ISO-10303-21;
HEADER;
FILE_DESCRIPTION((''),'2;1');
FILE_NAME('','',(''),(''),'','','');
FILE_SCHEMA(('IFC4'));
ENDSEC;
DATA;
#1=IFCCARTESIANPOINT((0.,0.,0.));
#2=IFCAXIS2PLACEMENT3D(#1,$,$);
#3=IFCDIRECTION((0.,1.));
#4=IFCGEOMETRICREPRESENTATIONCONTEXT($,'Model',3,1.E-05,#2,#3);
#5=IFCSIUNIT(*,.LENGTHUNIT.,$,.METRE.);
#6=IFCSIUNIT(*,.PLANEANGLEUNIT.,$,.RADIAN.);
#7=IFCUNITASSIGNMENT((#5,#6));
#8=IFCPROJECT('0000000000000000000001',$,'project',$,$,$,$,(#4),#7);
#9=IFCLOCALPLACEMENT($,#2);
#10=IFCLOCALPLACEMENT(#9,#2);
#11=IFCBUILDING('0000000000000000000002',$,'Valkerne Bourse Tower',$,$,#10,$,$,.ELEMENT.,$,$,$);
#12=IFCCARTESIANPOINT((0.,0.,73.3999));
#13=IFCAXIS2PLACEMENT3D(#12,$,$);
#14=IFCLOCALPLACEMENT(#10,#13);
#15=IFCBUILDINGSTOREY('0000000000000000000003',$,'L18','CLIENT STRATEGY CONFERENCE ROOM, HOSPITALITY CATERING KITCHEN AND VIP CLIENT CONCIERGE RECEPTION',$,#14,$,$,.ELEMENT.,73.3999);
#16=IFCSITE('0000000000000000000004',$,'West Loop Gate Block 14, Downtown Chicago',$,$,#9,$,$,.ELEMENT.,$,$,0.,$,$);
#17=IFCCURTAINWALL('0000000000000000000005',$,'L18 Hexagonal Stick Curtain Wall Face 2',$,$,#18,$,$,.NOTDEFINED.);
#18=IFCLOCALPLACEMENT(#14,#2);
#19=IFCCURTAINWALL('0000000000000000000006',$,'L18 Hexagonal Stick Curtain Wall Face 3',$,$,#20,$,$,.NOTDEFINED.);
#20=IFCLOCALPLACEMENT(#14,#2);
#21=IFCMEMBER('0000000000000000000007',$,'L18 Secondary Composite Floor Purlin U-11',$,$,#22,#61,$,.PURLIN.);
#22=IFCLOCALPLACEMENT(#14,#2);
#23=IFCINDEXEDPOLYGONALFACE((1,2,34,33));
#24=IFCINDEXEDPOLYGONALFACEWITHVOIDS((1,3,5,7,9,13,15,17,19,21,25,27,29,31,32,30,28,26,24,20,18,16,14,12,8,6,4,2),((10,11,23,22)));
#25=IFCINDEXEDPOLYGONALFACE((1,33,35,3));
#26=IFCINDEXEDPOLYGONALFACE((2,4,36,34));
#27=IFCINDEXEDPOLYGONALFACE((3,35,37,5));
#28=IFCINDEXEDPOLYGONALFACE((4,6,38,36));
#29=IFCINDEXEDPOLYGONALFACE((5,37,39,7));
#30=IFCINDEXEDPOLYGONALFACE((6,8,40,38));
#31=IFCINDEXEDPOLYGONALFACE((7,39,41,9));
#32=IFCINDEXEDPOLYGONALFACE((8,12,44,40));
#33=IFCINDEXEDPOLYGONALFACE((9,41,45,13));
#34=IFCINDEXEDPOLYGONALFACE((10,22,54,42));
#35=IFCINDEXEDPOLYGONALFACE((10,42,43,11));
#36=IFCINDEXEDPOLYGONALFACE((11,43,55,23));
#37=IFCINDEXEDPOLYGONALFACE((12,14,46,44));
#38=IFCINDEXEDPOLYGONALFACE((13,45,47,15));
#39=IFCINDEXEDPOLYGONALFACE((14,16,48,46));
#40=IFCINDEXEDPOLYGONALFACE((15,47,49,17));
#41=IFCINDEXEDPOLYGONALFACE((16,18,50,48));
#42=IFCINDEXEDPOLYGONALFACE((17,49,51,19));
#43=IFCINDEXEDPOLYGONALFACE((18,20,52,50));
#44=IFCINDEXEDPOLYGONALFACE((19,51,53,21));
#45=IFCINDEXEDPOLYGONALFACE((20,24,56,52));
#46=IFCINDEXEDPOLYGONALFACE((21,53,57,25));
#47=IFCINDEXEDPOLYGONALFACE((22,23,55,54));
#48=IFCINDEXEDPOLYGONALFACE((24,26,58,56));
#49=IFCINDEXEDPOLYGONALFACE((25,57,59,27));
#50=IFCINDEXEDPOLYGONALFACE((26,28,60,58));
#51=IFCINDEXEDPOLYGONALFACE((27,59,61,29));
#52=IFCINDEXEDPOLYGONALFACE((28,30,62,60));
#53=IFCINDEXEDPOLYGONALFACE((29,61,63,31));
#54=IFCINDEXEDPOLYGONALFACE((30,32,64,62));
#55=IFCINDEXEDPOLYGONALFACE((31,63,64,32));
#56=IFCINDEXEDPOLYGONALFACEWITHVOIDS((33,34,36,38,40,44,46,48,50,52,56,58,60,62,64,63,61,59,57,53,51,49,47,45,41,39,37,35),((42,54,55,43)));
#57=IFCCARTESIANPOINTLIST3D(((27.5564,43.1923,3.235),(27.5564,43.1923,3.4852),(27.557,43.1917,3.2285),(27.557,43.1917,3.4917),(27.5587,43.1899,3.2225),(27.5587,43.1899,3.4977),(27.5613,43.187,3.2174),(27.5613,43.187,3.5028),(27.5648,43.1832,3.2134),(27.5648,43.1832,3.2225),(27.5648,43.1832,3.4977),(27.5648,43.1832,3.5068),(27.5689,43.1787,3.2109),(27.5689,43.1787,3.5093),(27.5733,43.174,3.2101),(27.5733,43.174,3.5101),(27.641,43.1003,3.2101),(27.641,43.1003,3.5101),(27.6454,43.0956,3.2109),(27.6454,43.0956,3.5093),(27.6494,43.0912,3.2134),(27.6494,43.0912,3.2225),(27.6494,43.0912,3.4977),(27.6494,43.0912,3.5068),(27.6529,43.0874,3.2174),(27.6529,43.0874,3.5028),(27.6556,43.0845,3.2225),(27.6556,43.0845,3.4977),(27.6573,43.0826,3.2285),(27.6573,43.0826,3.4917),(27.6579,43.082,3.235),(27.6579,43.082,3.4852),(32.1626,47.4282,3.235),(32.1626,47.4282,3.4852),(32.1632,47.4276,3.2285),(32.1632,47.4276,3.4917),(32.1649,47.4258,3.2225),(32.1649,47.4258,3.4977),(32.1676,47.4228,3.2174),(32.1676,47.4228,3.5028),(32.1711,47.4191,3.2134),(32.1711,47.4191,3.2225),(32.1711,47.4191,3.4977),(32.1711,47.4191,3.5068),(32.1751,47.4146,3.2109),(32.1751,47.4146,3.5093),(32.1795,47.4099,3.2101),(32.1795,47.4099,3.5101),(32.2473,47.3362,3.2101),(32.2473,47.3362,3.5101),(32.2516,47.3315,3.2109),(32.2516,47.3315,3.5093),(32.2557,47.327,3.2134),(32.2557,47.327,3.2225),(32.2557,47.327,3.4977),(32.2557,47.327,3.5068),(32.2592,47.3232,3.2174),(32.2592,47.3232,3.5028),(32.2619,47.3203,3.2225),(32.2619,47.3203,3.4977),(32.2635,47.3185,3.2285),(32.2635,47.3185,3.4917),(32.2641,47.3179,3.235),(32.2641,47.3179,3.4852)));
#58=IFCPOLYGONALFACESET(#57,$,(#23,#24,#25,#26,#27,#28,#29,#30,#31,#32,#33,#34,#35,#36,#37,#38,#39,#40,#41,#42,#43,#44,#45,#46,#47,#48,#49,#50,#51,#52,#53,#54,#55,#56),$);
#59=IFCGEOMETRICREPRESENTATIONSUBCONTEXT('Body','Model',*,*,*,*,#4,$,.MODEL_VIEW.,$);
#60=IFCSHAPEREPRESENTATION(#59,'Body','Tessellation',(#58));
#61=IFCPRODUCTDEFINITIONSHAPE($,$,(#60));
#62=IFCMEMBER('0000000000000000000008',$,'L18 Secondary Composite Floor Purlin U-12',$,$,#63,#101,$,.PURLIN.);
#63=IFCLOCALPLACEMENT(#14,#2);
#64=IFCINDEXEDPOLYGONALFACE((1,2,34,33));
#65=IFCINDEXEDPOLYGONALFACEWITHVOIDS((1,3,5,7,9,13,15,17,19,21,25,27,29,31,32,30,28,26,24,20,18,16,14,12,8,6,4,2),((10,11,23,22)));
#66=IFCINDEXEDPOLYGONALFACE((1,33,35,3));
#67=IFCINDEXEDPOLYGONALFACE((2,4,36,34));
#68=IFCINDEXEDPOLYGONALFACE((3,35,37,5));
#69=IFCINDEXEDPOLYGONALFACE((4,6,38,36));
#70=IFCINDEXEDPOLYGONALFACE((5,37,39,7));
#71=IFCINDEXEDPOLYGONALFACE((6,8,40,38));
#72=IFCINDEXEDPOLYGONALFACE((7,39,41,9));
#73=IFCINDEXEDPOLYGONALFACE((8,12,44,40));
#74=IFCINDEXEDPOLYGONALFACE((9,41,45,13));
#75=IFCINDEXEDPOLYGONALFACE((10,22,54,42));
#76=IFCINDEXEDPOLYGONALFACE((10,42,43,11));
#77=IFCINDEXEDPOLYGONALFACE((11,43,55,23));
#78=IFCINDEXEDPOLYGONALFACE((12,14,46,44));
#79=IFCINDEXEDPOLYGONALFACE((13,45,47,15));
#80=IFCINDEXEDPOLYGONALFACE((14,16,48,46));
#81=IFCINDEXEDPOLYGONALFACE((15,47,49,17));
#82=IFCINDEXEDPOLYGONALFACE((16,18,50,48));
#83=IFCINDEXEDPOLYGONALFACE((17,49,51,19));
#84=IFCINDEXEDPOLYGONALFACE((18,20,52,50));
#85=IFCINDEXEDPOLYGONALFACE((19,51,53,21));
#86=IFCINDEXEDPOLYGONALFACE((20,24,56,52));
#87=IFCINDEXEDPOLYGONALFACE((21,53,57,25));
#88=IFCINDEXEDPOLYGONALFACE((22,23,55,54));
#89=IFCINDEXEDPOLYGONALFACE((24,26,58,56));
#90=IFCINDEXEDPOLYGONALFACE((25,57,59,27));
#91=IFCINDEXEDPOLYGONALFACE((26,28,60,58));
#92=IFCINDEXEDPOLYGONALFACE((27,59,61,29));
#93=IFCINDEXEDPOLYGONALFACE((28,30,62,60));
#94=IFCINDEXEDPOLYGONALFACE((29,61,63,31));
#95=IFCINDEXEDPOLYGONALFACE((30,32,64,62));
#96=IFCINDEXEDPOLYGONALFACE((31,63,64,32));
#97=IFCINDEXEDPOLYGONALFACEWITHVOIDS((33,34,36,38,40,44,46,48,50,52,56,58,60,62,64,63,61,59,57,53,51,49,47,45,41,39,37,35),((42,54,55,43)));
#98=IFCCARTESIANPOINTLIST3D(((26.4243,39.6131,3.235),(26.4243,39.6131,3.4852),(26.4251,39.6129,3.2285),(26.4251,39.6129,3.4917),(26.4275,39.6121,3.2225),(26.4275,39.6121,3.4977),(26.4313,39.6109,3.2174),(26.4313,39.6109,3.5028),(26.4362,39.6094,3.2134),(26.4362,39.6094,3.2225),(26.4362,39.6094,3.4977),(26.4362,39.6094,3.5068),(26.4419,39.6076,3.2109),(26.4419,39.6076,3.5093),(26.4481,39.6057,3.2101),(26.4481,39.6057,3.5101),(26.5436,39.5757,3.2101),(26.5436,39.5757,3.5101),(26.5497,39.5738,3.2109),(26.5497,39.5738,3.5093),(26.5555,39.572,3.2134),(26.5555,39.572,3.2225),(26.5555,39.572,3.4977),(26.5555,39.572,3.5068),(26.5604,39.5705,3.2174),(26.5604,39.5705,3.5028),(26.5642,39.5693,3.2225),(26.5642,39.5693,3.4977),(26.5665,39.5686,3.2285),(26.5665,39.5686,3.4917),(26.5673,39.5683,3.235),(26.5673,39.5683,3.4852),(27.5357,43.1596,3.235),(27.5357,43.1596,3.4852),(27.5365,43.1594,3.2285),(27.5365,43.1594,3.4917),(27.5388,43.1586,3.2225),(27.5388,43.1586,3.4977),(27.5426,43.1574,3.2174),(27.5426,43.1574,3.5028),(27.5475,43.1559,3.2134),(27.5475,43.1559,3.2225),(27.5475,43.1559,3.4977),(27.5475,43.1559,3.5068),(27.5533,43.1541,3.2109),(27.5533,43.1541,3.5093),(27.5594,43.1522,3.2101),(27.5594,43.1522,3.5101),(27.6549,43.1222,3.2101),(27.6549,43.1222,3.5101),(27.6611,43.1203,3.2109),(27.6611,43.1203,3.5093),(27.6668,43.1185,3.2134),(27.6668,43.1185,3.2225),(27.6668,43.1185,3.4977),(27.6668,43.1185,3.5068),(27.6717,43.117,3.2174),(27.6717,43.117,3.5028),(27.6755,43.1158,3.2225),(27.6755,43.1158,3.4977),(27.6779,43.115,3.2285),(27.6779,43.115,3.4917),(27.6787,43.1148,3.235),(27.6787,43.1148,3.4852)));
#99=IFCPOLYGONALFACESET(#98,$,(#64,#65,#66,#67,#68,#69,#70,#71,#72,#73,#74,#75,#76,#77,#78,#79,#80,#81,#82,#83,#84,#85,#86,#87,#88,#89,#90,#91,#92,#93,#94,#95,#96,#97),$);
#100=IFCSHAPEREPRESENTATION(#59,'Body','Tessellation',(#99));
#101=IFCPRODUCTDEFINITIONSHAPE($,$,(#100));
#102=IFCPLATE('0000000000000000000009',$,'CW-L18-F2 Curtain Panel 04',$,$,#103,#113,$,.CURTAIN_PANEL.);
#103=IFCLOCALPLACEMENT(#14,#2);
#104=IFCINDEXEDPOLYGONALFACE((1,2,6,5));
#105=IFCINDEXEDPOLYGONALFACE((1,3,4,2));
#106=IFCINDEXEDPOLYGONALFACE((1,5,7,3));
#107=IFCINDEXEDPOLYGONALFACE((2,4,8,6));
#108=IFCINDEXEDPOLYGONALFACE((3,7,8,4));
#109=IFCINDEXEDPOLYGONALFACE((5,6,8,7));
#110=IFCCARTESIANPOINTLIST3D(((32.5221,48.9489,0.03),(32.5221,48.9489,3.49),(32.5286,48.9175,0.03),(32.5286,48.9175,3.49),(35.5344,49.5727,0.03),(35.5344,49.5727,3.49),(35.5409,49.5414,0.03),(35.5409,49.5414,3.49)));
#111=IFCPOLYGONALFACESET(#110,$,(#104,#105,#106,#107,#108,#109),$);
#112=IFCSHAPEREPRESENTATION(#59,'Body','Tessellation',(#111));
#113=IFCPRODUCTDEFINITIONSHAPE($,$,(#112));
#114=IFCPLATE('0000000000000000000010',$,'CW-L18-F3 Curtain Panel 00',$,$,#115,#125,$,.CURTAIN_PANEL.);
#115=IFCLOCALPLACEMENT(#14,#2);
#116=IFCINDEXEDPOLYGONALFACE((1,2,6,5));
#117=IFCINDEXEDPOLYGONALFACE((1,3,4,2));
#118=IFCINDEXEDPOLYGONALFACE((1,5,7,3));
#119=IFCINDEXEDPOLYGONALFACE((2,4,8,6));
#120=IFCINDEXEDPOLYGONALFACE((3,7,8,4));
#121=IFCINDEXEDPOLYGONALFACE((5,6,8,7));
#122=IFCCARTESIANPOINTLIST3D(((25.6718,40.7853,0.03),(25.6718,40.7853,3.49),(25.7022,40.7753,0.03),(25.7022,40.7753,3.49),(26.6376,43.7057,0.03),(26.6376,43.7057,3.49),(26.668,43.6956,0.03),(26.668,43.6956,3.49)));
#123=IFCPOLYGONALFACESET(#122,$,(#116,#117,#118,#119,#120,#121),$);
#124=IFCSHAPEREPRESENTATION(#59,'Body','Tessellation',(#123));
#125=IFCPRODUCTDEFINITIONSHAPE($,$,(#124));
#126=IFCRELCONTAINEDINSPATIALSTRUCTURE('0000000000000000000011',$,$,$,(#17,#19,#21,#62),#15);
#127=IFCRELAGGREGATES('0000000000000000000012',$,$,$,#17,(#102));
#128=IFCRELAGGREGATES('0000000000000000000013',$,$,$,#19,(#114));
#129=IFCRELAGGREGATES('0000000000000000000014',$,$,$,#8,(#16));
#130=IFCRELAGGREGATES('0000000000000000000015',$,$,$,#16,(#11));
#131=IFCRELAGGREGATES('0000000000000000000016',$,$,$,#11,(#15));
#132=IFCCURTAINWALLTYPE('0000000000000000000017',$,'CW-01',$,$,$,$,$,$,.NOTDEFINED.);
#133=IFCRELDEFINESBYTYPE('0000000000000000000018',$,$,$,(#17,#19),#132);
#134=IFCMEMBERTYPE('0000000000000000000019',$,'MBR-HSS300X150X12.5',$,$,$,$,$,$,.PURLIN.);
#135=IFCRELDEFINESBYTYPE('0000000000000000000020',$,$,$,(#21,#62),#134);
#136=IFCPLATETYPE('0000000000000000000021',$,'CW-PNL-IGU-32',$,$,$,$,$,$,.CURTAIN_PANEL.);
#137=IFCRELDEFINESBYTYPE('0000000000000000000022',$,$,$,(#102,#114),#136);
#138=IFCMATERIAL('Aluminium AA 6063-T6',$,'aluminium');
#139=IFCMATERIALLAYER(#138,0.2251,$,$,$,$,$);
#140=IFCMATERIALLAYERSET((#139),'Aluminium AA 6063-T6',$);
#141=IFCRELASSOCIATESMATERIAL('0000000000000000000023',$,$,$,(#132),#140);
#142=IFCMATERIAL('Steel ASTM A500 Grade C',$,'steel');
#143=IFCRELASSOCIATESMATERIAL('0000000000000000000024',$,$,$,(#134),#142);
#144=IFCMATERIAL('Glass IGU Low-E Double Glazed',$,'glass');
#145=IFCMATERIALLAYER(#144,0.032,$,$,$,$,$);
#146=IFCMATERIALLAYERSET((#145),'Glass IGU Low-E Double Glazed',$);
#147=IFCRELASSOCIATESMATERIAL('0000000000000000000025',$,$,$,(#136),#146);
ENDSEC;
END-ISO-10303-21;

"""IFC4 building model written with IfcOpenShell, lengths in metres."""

from ifc_helpers import new_model, si_unit, direction, frame, origin, origin_2d, place, context, subcontext, project, spatial, rectangle, hollow_rectangle, extrude, material, layer, layer_set, material_profile, profile_set, type_object, element, aggregate, save


model = new_model("IFC4")

# Units and contexts
model_context = context("Model", 3, precision=1e-05, world=origin(), true_north=direction((0.0, 1.0)))
body_context = subcontext(model_context, "Body", "Model", "MODEL_VIEW")
ifc_project = project(units=[si_unit("LENGTHUNIT", "METRE"), si_unit("PLANEANGLEUNIT", "RADIAN")], contexts=[model_context])

# Site, building, storey
site_placement = place(None, origin())
site = spatial("IfcSite", under=ifc_project, at=site_placement, Name="West Loop Gate Block 14, Downtown Chicago", CompositionType="ELEMENT", RefElevation=0.0)
building_placement = place(site_placement, origin())
building = spatial("IfcBuilding", under=site, at=building_placement, Name="Valkerne Bourse Tower", CompositionType="ELEMENT")
storey_placement = place(building_placement, frame((0.0, 0.0, 73.3999)))
storey = spatial("IfcBuildingStorey", under=building, at=storey_placement, Name="L18", Description="CLIENT STRATEGY CONFERENCE ROOM, HOSPITALITY CATERING KITCHEN AND VIP CLIENT CONCIERGE RECEPTION", CompositionType="ELEMENT", Elevation=73.3999)

# Curtain walls
ifc_material_1 = material(Name="Aluminium AA 6063-T6", Category="aluminium")
ifc_layer_1 = layer(ifc_material_1, 0.2251)
ifc_layer_set_1 = layer_set([ifc_layer_1], Name="Aluminium AA 6063-T6")
curtain_wall_type = type_object("IfcCurtainWallType", Name="CW-01", PredefinedType="NOTDEFINED", material=ifc_layer_set_1)
curtain_wall_1_placement = place(storey_placement, origin())
curtain_wall_1 = element("IfcCurtainWall", 1, at=curtain_wall_1_placement, inside=storey, type_object=curtain_wall_type, Name="L18 Hexagonal Stick Curtain Wall Face 2", PredefinedType="NOTDEFINED")
curtain_wall_2_placement = place(storey_placement, origin())
curtain_wall_2 = element("IfcCurtainWall", 2, at=curtain_wall_2_placement, inside=storey, type_object=curtain_wall_type, Name="L18 Hexagonal Stick Curtain Wall Face 3", PredefinedType="NOTDEFINED")

# Members
ifc_material_2 = material(Name="Steel ASTM A500 Grade C", Category="steel")
ifc_material_profile_1 = material_profile(ifc_material_2, hollow_rectangle(XDim=0.1499, YDim=0.3, WallThickness=0.0125, OuterFilletRadius=0.0249, at=origin_2d()), Name="HSS300X150X12.5")
ifc_profile_set_1 = profile_set([ifc_material_profile_1], Name="Steel ASTM A500 Grade C")
member_type_1 = type_object("IfcMemberType", Name="MBR-HSS300X150X12.5", PredefinedType="PURLIN", material=ifc_profile_set_1)
member_1_placement = place(storey_placement, frame((32.2134, 47.373, 3.3601), z_axis=(-0.73608, -0.676895, 0.0), x_axis=(0.676895, -0.73608, 0.0)))
element("IfcMember", 3, at=member_1_placement, inside=storey, type_object=member_type_1, Name="L18 Secondary Composite Floor Purlin U-11", PredefinedType="PURLIN", context=body_context, shape_type="SweptSolid", body=[
    extrude(hollow_rectangle(XDim=0.1499, YDim=0.3, WallThickness=0.0125, OuterFilletRadius=0.0249, at=origin_2d()), origin(), (0.0, 0.0, 1.0), 6.2578),
])
member_2_placement = place(storey_placement, frame((27.6072, 43.1372, 3.3601), z_axis=(-0.29903, -0.954244, 0.0), x_axis=(0.954244, -0.29903, 0.0)))
element("IfcMember", 4, at=member_2_placement, inside=storey, type_object=member_type_1, Name="L18 Secondary Composite Floor Purlin U-12", PredefinedType="PURLIN", context=body_context, shape_type="SweptSolid", body=[
    extrude(hollow_rectangle(XDim=0.1499, YDim=0.3, WallThickness=0.0125, OuterFilletRadius=0.0249, at=origin_2d()), origin(), (0.0, 0.0, 1.0), 3.7166),
])

# Plates
ifc_material_3 = material(Name="Glass IGU Low-E Double Glazed", Category="glass")
ifc_layer_2 = layer(ifc_material_3, 0.032)
ifc_layer_set_2 = layer_set([ifc_layer_2], Name="Glass IGU Low-E Double Glazed")
plate_type = type_object("IfcPlateType", Name="CW-PNL-IGU-32", PredefinedType="CURTAIN_PANEL", material=ifc_layer_set_2)
plate_1_placement = place(storey_placement, frame((34.0315, 49.2451, 0.03), z_axis=(0.0, 0.0, 1.0), x_axis=(-0.97922, -0.202801, 0.0)))
plate_1 = element("IfcPlate", 5, at=plate_1_placement, type_object=plate_type, Name="CW-L18-F2 Curtain Panel 04", PredefinedType="CURTAIN_PANEL", context=body_context, shape_type="SweptSolid", body=[
    extrude(rectangle(XDim=3.0762, YDim=0.032, at=origin_2d()), origin(), (0.0, 0.0, 1.0), 3.46),
])
aggregate(curtain_wall_1, [plate_1])
plate_2_placement = place(storey_placement, frame((26.1699, 42.2405, 0.03), z_axis=(0.0, 0.0, 1.0), x_axis=(-0.31399, -0.949426, 0.0)))
plate_2 = element("IfcPlate", 6, at=plate_2_placement, type_object=plate_type, Name="CW-L18-F3 Curtain Panel 00", PredefinedType="CURTAIN_PANEL", context=body_context, shape_type="SweptSolid", body=[
    extrude(rectangle(XDim=3.0759, YDim=0.032, at=origin_2d()), origin(), (0.0, 0.0, 1.0), 3.46),
])
aggregate(curtain_wall_2, [plate_2])

save(model, "model.ifc")
